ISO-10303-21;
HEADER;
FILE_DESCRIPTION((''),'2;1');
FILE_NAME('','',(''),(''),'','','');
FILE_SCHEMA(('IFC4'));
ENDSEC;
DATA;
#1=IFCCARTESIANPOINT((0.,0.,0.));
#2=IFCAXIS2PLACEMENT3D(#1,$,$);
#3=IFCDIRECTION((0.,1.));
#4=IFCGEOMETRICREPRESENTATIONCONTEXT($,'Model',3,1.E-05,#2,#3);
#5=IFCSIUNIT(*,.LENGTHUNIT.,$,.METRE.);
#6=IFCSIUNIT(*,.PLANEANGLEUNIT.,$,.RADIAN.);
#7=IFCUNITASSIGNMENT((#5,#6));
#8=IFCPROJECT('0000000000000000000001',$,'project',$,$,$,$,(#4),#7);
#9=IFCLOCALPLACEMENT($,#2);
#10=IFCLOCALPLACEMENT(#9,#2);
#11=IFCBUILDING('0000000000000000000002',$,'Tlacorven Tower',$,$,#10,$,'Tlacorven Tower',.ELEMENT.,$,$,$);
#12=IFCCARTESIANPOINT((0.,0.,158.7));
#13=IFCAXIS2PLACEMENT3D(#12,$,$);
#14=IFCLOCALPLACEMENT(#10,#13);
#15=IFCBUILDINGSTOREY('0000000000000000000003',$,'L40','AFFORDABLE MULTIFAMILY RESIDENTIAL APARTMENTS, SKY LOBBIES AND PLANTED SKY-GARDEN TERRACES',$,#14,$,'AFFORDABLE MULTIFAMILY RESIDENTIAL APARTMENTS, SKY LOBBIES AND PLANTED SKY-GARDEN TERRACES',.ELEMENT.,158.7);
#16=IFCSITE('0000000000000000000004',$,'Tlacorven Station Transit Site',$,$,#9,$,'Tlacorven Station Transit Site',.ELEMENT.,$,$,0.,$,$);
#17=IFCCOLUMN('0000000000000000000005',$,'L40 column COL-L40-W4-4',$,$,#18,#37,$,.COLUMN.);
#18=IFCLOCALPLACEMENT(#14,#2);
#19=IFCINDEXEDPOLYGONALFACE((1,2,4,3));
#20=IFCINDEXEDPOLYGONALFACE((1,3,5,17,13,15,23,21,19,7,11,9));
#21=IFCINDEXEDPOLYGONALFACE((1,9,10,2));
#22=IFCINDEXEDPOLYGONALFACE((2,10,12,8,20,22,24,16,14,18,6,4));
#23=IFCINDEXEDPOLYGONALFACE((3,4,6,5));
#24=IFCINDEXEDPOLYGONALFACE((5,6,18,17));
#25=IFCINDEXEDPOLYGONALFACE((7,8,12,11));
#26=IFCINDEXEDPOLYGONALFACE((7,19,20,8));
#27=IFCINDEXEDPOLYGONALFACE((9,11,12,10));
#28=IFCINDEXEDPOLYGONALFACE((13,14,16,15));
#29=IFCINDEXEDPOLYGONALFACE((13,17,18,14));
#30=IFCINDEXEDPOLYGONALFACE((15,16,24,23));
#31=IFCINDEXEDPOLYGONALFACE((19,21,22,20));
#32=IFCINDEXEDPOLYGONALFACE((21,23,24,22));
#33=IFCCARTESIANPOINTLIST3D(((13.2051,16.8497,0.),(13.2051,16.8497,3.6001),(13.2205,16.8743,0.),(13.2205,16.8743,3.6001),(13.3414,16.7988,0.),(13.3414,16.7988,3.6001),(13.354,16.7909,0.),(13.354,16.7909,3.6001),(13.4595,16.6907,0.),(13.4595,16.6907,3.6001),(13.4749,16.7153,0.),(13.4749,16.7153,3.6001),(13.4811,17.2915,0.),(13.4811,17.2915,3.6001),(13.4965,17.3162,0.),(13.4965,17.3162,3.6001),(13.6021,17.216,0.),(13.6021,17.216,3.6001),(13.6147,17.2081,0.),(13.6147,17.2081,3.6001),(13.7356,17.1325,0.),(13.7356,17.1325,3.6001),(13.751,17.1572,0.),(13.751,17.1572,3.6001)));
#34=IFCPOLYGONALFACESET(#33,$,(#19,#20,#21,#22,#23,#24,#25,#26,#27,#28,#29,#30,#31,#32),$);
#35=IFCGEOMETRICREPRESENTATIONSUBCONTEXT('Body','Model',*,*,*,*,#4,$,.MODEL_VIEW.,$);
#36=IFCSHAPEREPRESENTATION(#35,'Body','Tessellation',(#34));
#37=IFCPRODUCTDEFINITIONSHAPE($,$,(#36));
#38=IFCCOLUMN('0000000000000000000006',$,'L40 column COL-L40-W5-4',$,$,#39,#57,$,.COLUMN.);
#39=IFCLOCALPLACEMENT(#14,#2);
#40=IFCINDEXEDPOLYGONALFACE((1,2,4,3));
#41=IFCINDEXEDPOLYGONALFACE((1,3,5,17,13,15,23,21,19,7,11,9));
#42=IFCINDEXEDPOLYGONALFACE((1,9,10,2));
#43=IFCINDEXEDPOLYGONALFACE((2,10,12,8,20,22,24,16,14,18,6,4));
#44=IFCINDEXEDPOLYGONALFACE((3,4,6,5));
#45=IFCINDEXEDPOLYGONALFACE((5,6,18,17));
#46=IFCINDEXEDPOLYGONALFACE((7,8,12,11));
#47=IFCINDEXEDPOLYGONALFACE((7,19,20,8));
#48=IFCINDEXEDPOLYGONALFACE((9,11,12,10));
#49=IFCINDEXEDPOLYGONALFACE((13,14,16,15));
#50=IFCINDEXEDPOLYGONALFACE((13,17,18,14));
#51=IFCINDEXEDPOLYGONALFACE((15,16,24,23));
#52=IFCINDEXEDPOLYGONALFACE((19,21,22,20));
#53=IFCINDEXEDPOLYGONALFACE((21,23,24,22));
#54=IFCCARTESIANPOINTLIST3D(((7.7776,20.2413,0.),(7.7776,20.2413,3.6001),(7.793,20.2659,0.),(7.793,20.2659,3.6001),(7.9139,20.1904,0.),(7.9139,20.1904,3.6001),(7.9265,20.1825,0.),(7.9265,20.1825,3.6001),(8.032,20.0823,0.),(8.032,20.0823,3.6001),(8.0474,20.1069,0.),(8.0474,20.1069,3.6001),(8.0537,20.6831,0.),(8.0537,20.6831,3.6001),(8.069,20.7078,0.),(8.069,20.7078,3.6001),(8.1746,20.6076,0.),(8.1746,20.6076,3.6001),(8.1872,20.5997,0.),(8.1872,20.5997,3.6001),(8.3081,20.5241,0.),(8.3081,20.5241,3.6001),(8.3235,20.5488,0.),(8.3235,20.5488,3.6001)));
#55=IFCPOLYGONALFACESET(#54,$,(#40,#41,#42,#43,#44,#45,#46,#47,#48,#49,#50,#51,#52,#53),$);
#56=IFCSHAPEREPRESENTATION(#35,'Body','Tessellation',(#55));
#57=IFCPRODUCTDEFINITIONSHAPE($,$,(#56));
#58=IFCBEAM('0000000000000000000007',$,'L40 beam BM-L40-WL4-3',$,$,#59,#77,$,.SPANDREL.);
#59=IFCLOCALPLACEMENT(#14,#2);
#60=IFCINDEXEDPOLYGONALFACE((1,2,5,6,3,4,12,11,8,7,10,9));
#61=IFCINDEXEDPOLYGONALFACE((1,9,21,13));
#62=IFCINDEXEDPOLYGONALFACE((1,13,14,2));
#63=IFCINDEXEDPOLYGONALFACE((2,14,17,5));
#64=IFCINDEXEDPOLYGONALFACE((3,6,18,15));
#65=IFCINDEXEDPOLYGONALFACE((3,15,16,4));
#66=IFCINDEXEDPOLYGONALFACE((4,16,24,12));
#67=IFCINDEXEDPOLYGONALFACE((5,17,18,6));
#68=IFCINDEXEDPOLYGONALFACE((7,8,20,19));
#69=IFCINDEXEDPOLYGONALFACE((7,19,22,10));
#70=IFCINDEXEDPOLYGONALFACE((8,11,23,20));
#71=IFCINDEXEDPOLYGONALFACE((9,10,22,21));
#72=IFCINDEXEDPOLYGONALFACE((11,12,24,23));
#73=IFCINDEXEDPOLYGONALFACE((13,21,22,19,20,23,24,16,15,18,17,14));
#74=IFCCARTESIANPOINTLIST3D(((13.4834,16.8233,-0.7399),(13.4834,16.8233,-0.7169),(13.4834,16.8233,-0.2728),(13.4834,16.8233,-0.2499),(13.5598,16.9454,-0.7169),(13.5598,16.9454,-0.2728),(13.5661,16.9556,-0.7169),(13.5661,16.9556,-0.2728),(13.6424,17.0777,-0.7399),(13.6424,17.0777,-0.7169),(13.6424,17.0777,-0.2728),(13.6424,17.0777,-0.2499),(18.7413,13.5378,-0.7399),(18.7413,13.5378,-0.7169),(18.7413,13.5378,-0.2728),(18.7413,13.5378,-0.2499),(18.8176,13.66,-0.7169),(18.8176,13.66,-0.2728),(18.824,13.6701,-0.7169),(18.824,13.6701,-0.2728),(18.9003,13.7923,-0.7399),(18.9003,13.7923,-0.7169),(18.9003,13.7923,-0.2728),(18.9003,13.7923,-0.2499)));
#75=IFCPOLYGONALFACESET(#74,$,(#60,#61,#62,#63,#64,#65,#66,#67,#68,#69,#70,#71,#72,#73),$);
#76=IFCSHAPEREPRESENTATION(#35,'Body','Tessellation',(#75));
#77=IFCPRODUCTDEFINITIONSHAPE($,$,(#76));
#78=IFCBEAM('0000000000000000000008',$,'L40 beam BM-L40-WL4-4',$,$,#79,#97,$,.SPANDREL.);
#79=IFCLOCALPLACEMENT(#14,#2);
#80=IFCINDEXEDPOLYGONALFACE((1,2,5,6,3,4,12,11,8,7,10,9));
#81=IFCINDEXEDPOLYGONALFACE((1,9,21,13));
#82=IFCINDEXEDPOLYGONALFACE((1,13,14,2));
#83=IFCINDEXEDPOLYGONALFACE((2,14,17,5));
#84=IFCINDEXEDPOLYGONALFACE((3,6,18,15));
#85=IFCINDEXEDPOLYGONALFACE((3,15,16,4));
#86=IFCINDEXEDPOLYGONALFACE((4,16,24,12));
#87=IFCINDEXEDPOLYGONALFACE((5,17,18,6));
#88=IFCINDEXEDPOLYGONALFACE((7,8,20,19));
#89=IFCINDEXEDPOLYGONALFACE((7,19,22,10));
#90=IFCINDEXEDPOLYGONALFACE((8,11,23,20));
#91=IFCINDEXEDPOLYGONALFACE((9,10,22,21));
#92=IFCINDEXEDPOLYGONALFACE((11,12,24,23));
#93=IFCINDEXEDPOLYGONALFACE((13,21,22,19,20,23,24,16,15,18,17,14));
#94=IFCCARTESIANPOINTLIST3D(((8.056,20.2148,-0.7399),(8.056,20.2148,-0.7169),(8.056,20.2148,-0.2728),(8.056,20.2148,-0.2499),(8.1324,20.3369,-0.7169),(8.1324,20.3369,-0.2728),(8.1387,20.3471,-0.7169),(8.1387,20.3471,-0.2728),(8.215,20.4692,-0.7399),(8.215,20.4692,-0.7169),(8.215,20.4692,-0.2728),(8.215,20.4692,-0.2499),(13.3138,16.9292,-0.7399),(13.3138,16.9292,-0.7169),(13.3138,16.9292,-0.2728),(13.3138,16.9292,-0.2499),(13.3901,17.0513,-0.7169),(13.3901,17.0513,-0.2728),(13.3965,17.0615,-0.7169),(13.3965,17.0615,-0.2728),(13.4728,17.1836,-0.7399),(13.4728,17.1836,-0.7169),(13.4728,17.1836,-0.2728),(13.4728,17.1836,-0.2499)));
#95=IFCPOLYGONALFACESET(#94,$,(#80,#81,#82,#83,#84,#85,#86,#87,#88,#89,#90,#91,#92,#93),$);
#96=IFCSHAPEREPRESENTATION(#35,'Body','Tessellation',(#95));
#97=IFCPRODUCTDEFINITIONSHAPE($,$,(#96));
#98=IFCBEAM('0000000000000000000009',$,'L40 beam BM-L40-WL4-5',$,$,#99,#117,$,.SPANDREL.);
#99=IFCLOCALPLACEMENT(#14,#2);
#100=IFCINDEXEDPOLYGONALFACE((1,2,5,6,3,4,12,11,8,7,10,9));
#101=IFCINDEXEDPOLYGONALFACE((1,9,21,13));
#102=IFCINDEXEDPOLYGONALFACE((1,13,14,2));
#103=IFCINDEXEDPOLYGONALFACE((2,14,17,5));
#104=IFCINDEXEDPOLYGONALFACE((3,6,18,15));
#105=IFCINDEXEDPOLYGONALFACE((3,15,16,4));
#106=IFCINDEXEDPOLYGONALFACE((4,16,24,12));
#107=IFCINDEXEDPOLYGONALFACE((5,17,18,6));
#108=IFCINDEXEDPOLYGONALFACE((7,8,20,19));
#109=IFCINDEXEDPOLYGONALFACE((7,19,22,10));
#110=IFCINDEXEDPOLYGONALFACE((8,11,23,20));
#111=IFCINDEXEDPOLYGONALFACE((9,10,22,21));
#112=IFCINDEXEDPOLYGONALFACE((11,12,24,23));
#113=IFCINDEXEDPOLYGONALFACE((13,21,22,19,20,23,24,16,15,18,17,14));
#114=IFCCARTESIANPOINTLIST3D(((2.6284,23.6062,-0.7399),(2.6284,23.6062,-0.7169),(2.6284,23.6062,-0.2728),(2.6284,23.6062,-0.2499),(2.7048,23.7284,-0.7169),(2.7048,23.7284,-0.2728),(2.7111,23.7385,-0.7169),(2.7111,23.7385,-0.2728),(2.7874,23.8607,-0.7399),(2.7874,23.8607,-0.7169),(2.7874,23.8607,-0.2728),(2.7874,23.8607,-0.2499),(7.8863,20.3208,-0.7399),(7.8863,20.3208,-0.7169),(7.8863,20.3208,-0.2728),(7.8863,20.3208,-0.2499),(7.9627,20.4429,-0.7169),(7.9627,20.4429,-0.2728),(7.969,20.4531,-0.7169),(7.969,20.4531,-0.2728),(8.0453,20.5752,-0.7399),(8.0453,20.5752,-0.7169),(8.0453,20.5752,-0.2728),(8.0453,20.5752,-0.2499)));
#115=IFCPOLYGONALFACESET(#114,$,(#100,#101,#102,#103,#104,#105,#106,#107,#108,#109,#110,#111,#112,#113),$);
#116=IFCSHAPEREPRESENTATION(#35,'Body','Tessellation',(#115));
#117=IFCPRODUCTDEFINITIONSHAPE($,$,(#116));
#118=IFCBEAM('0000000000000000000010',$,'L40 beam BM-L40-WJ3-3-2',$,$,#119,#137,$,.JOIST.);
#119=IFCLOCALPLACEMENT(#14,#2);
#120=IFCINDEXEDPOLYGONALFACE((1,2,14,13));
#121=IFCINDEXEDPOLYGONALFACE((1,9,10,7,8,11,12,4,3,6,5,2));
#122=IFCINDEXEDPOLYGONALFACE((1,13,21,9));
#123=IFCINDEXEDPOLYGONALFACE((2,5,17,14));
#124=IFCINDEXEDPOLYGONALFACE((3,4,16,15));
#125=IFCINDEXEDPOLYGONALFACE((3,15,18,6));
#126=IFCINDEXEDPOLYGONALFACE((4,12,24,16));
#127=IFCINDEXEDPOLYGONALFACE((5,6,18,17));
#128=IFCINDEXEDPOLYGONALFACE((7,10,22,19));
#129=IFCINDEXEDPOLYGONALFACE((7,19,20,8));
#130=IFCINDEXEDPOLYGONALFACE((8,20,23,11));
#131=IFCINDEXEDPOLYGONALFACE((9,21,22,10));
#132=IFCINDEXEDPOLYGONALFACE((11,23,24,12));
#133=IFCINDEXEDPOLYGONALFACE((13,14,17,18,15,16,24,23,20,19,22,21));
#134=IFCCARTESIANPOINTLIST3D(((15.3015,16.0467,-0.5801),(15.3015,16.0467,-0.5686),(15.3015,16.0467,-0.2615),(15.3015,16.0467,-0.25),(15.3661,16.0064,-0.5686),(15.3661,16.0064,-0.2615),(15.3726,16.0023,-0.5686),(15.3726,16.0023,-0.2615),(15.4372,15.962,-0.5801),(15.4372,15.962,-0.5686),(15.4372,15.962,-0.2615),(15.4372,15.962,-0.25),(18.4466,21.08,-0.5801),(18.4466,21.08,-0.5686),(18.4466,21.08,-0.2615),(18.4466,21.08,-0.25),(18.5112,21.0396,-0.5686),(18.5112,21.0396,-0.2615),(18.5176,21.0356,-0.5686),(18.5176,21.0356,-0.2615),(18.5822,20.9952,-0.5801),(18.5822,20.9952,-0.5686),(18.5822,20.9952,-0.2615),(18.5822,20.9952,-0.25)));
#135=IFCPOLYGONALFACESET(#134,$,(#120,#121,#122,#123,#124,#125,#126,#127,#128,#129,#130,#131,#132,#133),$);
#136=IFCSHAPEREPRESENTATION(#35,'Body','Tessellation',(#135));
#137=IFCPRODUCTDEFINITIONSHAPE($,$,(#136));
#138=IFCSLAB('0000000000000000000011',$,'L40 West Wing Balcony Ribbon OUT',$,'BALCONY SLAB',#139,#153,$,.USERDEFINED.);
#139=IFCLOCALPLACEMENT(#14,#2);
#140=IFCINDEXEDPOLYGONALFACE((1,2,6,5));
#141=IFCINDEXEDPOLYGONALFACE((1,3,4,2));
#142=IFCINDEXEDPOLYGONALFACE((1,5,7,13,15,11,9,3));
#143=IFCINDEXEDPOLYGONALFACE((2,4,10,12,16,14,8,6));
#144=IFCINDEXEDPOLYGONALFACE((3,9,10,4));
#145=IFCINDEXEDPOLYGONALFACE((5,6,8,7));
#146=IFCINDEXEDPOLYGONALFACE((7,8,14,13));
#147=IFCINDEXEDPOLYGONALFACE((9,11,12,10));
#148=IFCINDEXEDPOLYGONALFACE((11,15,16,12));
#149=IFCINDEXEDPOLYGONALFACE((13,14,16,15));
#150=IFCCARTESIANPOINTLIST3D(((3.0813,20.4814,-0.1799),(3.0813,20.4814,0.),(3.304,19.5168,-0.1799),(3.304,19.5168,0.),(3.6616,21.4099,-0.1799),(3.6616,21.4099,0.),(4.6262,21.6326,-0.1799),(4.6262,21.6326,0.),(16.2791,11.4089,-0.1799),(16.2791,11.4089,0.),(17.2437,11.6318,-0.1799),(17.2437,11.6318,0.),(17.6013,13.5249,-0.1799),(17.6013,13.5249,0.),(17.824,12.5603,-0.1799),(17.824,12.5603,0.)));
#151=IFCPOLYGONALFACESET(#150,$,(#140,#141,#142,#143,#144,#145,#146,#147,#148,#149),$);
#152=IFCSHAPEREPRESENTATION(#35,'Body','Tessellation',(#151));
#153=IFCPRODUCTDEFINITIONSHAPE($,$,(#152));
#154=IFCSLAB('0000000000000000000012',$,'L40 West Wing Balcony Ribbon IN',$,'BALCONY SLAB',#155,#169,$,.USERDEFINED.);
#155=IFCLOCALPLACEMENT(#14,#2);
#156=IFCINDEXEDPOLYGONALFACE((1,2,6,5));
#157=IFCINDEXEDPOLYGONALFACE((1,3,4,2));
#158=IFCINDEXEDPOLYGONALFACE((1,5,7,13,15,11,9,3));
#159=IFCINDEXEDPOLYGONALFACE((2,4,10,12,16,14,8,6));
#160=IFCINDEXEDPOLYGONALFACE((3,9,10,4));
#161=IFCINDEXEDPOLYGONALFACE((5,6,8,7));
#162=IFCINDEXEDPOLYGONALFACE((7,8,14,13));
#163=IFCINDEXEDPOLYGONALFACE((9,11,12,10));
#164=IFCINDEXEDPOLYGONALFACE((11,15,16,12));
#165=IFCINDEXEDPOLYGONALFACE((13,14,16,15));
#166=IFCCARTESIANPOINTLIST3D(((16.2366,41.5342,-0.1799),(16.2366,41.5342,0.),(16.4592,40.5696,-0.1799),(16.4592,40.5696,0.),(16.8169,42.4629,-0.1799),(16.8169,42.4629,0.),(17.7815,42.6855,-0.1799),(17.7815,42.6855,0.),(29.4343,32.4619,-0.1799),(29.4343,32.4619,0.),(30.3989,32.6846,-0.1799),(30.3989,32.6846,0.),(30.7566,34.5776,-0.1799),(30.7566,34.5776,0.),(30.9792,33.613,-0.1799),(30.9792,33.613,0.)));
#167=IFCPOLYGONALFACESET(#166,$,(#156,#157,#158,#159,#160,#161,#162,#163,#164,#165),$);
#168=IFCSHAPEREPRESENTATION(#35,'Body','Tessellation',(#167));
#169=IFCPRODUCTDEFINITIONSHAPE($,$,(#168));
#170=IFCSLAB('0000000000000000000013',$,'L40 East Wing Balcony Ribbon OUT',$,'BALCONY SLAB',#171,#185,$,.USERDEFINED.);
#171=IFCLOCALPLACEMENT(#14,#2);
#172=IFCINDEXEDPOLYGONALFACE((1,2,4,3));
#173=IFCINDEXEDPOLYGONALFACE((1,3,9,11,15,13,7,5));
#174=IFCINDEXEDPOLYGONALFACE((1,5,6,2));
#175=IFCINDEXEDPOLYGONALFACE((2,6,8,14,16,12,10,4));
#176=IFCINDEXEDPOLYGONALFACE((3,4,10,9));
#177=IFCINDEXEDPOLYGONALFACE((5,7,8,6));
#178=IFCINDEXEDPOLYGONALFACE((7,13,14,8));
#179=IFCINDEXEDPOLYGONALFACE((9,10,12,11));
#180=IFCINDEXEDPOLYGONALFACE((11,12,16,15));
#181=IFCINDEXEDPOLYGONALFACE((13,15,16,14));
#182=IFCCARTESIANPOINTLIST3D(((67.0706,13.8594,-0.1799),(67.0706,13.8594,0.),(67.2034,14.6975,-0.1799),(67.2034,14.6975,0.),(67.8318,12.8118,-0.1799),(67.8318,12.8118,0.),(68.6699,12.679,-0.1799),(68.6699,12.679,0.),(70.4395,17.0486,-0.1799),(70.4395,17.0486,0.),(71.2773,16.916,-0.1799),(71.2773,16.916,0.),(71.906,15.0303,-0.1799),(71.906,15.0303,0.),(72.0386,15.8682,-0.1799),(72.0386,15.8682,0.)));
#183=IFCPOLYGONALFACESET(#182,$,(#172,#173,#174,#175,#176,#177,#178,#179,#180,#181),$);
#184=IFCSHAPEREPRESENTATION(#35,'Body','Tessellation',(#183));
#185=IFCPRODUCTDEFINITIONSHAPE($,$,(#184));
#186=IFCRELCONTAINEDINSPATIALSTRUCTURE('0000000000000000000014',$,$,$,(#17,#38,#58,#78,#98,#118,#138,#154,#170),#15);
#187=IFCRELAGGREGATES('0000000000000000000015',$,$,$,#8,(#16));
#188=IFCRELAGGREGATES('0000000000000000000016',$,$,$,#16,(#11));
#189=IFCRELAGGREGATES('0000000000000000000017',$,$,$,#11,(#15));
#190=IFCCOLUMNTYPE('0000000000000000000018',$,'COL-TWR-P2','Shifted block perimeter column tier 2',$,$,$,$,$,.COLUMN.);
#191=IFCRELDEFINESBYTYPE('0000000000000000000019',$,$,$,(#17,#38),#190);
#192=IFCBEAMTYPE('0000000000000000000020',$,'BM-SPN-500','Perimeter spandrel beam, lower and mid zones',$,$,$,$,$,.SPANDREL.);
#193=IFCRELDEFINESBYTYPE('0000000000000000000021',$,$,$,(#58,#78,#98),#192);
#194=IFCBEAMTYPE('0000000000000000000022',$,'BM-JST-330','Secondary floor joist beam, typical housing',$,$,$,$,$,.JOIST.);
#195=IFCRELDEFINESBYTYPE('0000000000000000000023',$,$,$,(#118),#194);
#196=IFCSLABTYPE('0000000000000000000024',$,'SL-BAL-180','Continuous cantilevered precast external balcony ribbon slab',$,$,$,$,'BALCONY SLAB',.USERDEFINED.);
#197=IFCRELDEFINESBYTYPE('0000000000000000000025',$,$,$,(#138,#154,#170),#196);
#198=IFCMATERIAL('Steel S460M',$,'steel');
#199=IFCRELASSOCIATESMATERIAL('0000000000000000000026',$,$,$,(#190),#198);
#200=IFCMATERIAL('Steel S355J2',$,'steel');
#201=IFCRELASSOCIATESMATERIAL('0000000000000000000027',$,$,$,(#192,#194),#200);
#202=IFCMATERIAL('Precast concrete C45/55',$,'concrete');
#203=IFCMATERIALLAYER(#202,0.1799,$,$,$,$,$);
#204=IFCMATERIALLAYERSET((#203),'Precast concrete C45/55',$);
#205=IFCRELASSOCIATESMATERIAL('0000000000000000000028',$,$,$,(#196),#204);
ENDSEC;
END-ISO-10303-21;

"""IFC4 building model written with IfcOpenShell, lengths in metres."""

from ifc_helpers import new_model, si_unit, direction, frame, origin, origin_2d, place, context, subcontext, project, spatial, polyline, i_section, outline, extrude, source, transform, mapped, material, layer, layer_set, material_profile, profile_set, type_object, element, save


model = new_model("IFC4")

# Units and contexts
model_context = context("Model", 3, precision=1e-05, world=origin(), true_north=direction((0.0, 1.0)))
body_context = subcontext(model_context, "Body", "Model", "MODEL_VIEW")
ifc_project = project(units=[si_unit("LENGTHUNIT", "METRE"), si_unit("PLANEANGLEUNIT", "RADIAN")], contexts=[model_context])

# Site, building, storey
site_placement = place(None, origin())
site = spatial("IfcSite", under=ifc_project, at=site_placement, Name="Tlacorven Station Transit Site", LongName="Tlacorven Station Transit Site", CompositionType="ELEMENT", RefElevation=0.0)
building_placement = place(site_placement, origin())
building = spatial("IfcBuilding", under=site, at=building_placement, Name="Tlacorven Tower", LongName="Tlacorven Tower", CompositionType="ELEMENT")
storey_placement = place(building_placement, frame((0.0, 0.0, 158.7)))
storey = spatial("IfcBuildingStorey", under=building, at=storey_placement, Name="L40", Description="AFFORDABLE MULTIFAMILY RESIDENTIAL APARTMENTS, SKY LOBBIES AND PLANTED SKY-GARDEN TERRACES", LongName="AFFORDABLE MULTIFAMILY RESIDENTIAL APARTMENTS, SKY LOBBIES AND PLANTED SKY-GARDEN TERRACES", CompositionType="ELEMENT", Elevation=158.7)

# Columns
ifc_material_1 = material(Name="Steel S460M", Category="steel")
ifc_material_profile_1 = material_profile(ifc_material_1, i_section(OverallWidth=0.3, OverallDepth=0.55, WebThickness=0.0149, FlangeThickness=0.0291, at=origin_2d()), Name="HEB 550")
ifc_profile_set_1 = profile_set([ifc_material_profile_1], Name="Steel S460M")
column_type = type_object("IfcColumnType", Name="COL-TWR-P2", Description="Shifted block perimeter column tier 2", PredefinedType="COLUMN", material=ifc_profile_set_1)
shared_shape_1 = source(origin(), body_context, "Body", "SweptSolid", [
    extrude(i_section(OverallWidth=0.3, OverallDepth=0.55, WebThickness=0.0149, FlangeThickness=0.0291, at=origin_2d()), origin(), (0.0, 0.0, 1.0), 3.6001),
])
for number, where, z_axis, x_axis, name in (
    (1, (13.478, 17.0034, 0.0), (0.0, 0.0, 1.0), (-0.848048, 0.529919, 0.0), "L40 column COL-L40-W4-4"),
    (2, (8.0505, 20.395, 0.0), (0.0, 0.0, 1.0), (-0.848048, 0.529919, 0.0), "L40 column COL-L40-W5-4"),
):
    element("IfcColumn", number, at=place(storey_placement, frame(where, z_axis=z_axis, x_axis=x_axis)), inside=storey, type_object=column_type, Name=name, PredefinedType="COLUMN", context=body_context, shape_type="MappedRepresentation", body=[
        mapped(shared_shape_1, transform((0.0, 0.0, 0.0), scale=1.0)),
    ])

# Beams
ifc_material_2 = material(Name="Steel S355J2", Category="steel")
ifc_material_profile_2 = material_profile(ifc_material_2, i_section(OverallWidth=0.3, OverallDepth=0.49, WebThickness=0.012, FlangeThickness=0.0229, at=origin_2d()), Name="HEA 500")
ifc_profile_set_2 = profile_set([ifc_material_profile_2], Name="Steel S355J2")
beam_type_1 = type_object("IfcBeamType", Name="BM-SPN-500", Description="Perimeter spandrel beam, lower and mid zones", PredefinedType="SPANDREL", material=ifc_profile_set_2)
shared_shape_2 = source(origin(), body_context, "Body", "SweptSolid", [
    extrude(i_section(OverallWidth=0.3, OverallDepth=0.49, WebThickness=0.012, FlangeThickness=0.0229, at=origin_2d()), origin(), (0.0, 0.0, 1.0), 6.2),
])
for number, where, z_axis, x_axis, name in (
    (3, (18.8208, 13.665, -0.4949), (-0.848051, 0.529914, 0.0), (-0.529914, -0.848051, 0.0), "L40 beam BM-L40-WL4-3"),
    (4, (13.3933, 17.0564, -0.4949), (-0.848034, 0.529942, 0.0), (-0.529942, -0.848034, 0.0), "L40 beam BM-L40-WL4-4"),
    (5, (7.9658, 20.448, -0.4949), (-0.848051, 0.529914, 0.0), (-0.529914, -0.848051, 0.0), "L40 beam BM-L40-WL4-5"),
):
    element("IfcBeam", number, at=place(storey_placement, frame(where, z_axis=z_axis, x_axis=x_axis)), inside=storey, type_object=beam_type_1, Name=name, PredefinedType="SPANDREL", context=body_context, shape_type="MappedRepresentation", body=[
        mapped(shared_shape_2, transform((0.0, 0.0, 0.0), scale=1.0)),
    ])
ifc_material_profile_3 = material_profile(ifc_material_2, i_section(OverallWidth=0.1599, OverallDepth=0.3301, WebThickness=0.0076, FlangeThickness=0.0115, at=origin_2d()), Name="IPE 330")
ifc_profile_set_3 = profile_set([ifc_material_profile_3], Name="Steel S355J2")
beam_type_2 = type_object("IfcBeamType", Name="BM-JST-330", Description="Secondary floor joist beam, typical housing", PredefinedType="JOIST", material=ifc_profile_set_3)
shared_shape_3 = source(origin(), body_context, "Body", "SweptSolid", [
    extrude(i_section(OverallWidth=0.1599, OverallDepth=0.3301, WebThickness=0.0076, FlangeThickness=0.0115, at=origin_2d()), origin(), (0.0, 0.0, 1.0), 5.9351),
])
beam_placement = place(storey_placement, frame((18.5144, 21.0376, -0.415), z_axis=(-0.52991, -0.848054, 0.0), x_axis=(0.848054, -0.52991, 0.0)))
element("IfcBeam", 6, at=beam_placement, inside=storey, type_object=beam_type_2, Name="L40 beam BM-L40-WJ3-3-2", PredefinedType="JOIST", context=body_context, shape_type="MappedRepresentation", body=[
    mapped(shared_shape_3, transform((0.0, 0.0, 0.0), scale=1.0)),
])

# Slabs
ifc_material_3 = material(Name="Precast concrete C45/55", Category="concrete")
ifc_layer_1 = layer(ifc_material_3, 0.1799)
ifc_layer_set_1 = layer_set([ifc_layer_1], Name="Precast concrete C45/55")
slab_type_1 = type_object("IfcSlabType", Name="SL-BAL-180", Description="Continuous cantilevered precast external balcony ribbon slab", ElementType="BALCONY SLAB", PredefinedType="USERDEFINED", material=ifc_layer_set_1)
slab_1_placement = place(storey_placement, frame((0.0, 0.0, -0.1799)))
element("IfcSlab", 7, at=slab_1_placement, inside=storey, type_object=slab_type_1, Name="L40 West Wing Balcony Ribbon OUT", ObjectType="BALCONY SLAB", PredefinedType="USERDEFINED", context=body_context, shape_type="SweptSolid", body=[
    extrude(outline(polyline([(17.6013, 13.5249), (4.6262, 21.6326), (3.6616, 21.4099), (3.0813, 20.4814), (3.304, 19.5168), (16.2791, 11.4089), (17.2437, 11.6318), (17.824, 12.5603), (17.6013, 13.5249)])), origin(), (0.0, 0.0, 1.0), 0.1799),
])
slab_2_placement = place(storey_placement, frame((0.0, 0.0, -0.1799)))
element("IfcSlab", 8, at=slab_2_placement, inside=storey, type_object=slab_type_1, Name="L40 West Wing Balcony Ribbon IN", ObjectType="BALCONY SLAB", PredefinedType="USERDEFINED", context=body_context, shape_type="SweptSolid", body=[
    extrude(outline(polyline([(30.7566, 34.5776), (17.7815, 42.6855), (16.8169, 42.4629), (16.2366, 41.5342), (16.4592, 40.5696), (29.4343, 32.4619), (30.3989, 32.6846), (30.9792, 33.613), (30.7566, 34.5776)])), origin(), (0.0, 0.0, 1.0), 0.1799),
])
slab_3_placement = place(storey_placement, frame((0.0, 0.0, -0.1799)))
element("IfcSlab", 9, at=slab_3_placement, inside=storey, type_object=slab_type_1, Name="L40 East Wing Balcony Ribbon OUT", ObjectType="BALCONY SLAB", PredefinedType="USERDEFINED", context=body_context, shape_type="SweptSolid", body=[
    extrude(outline(polyline([(68.6699, 12.679), (71.906, 15.0303), (72.0386, 15.8682), (71.2773, 16.916), (70.4395, 17.0486), (67.2034, 14.6975), (67.0706, 13.8594), (67.8318, 12.8118), (68.6699, 12.679)])), origin(), (0.0, 0.0, 1.0), 0.1799),
])

save(model, "model.ifc")
